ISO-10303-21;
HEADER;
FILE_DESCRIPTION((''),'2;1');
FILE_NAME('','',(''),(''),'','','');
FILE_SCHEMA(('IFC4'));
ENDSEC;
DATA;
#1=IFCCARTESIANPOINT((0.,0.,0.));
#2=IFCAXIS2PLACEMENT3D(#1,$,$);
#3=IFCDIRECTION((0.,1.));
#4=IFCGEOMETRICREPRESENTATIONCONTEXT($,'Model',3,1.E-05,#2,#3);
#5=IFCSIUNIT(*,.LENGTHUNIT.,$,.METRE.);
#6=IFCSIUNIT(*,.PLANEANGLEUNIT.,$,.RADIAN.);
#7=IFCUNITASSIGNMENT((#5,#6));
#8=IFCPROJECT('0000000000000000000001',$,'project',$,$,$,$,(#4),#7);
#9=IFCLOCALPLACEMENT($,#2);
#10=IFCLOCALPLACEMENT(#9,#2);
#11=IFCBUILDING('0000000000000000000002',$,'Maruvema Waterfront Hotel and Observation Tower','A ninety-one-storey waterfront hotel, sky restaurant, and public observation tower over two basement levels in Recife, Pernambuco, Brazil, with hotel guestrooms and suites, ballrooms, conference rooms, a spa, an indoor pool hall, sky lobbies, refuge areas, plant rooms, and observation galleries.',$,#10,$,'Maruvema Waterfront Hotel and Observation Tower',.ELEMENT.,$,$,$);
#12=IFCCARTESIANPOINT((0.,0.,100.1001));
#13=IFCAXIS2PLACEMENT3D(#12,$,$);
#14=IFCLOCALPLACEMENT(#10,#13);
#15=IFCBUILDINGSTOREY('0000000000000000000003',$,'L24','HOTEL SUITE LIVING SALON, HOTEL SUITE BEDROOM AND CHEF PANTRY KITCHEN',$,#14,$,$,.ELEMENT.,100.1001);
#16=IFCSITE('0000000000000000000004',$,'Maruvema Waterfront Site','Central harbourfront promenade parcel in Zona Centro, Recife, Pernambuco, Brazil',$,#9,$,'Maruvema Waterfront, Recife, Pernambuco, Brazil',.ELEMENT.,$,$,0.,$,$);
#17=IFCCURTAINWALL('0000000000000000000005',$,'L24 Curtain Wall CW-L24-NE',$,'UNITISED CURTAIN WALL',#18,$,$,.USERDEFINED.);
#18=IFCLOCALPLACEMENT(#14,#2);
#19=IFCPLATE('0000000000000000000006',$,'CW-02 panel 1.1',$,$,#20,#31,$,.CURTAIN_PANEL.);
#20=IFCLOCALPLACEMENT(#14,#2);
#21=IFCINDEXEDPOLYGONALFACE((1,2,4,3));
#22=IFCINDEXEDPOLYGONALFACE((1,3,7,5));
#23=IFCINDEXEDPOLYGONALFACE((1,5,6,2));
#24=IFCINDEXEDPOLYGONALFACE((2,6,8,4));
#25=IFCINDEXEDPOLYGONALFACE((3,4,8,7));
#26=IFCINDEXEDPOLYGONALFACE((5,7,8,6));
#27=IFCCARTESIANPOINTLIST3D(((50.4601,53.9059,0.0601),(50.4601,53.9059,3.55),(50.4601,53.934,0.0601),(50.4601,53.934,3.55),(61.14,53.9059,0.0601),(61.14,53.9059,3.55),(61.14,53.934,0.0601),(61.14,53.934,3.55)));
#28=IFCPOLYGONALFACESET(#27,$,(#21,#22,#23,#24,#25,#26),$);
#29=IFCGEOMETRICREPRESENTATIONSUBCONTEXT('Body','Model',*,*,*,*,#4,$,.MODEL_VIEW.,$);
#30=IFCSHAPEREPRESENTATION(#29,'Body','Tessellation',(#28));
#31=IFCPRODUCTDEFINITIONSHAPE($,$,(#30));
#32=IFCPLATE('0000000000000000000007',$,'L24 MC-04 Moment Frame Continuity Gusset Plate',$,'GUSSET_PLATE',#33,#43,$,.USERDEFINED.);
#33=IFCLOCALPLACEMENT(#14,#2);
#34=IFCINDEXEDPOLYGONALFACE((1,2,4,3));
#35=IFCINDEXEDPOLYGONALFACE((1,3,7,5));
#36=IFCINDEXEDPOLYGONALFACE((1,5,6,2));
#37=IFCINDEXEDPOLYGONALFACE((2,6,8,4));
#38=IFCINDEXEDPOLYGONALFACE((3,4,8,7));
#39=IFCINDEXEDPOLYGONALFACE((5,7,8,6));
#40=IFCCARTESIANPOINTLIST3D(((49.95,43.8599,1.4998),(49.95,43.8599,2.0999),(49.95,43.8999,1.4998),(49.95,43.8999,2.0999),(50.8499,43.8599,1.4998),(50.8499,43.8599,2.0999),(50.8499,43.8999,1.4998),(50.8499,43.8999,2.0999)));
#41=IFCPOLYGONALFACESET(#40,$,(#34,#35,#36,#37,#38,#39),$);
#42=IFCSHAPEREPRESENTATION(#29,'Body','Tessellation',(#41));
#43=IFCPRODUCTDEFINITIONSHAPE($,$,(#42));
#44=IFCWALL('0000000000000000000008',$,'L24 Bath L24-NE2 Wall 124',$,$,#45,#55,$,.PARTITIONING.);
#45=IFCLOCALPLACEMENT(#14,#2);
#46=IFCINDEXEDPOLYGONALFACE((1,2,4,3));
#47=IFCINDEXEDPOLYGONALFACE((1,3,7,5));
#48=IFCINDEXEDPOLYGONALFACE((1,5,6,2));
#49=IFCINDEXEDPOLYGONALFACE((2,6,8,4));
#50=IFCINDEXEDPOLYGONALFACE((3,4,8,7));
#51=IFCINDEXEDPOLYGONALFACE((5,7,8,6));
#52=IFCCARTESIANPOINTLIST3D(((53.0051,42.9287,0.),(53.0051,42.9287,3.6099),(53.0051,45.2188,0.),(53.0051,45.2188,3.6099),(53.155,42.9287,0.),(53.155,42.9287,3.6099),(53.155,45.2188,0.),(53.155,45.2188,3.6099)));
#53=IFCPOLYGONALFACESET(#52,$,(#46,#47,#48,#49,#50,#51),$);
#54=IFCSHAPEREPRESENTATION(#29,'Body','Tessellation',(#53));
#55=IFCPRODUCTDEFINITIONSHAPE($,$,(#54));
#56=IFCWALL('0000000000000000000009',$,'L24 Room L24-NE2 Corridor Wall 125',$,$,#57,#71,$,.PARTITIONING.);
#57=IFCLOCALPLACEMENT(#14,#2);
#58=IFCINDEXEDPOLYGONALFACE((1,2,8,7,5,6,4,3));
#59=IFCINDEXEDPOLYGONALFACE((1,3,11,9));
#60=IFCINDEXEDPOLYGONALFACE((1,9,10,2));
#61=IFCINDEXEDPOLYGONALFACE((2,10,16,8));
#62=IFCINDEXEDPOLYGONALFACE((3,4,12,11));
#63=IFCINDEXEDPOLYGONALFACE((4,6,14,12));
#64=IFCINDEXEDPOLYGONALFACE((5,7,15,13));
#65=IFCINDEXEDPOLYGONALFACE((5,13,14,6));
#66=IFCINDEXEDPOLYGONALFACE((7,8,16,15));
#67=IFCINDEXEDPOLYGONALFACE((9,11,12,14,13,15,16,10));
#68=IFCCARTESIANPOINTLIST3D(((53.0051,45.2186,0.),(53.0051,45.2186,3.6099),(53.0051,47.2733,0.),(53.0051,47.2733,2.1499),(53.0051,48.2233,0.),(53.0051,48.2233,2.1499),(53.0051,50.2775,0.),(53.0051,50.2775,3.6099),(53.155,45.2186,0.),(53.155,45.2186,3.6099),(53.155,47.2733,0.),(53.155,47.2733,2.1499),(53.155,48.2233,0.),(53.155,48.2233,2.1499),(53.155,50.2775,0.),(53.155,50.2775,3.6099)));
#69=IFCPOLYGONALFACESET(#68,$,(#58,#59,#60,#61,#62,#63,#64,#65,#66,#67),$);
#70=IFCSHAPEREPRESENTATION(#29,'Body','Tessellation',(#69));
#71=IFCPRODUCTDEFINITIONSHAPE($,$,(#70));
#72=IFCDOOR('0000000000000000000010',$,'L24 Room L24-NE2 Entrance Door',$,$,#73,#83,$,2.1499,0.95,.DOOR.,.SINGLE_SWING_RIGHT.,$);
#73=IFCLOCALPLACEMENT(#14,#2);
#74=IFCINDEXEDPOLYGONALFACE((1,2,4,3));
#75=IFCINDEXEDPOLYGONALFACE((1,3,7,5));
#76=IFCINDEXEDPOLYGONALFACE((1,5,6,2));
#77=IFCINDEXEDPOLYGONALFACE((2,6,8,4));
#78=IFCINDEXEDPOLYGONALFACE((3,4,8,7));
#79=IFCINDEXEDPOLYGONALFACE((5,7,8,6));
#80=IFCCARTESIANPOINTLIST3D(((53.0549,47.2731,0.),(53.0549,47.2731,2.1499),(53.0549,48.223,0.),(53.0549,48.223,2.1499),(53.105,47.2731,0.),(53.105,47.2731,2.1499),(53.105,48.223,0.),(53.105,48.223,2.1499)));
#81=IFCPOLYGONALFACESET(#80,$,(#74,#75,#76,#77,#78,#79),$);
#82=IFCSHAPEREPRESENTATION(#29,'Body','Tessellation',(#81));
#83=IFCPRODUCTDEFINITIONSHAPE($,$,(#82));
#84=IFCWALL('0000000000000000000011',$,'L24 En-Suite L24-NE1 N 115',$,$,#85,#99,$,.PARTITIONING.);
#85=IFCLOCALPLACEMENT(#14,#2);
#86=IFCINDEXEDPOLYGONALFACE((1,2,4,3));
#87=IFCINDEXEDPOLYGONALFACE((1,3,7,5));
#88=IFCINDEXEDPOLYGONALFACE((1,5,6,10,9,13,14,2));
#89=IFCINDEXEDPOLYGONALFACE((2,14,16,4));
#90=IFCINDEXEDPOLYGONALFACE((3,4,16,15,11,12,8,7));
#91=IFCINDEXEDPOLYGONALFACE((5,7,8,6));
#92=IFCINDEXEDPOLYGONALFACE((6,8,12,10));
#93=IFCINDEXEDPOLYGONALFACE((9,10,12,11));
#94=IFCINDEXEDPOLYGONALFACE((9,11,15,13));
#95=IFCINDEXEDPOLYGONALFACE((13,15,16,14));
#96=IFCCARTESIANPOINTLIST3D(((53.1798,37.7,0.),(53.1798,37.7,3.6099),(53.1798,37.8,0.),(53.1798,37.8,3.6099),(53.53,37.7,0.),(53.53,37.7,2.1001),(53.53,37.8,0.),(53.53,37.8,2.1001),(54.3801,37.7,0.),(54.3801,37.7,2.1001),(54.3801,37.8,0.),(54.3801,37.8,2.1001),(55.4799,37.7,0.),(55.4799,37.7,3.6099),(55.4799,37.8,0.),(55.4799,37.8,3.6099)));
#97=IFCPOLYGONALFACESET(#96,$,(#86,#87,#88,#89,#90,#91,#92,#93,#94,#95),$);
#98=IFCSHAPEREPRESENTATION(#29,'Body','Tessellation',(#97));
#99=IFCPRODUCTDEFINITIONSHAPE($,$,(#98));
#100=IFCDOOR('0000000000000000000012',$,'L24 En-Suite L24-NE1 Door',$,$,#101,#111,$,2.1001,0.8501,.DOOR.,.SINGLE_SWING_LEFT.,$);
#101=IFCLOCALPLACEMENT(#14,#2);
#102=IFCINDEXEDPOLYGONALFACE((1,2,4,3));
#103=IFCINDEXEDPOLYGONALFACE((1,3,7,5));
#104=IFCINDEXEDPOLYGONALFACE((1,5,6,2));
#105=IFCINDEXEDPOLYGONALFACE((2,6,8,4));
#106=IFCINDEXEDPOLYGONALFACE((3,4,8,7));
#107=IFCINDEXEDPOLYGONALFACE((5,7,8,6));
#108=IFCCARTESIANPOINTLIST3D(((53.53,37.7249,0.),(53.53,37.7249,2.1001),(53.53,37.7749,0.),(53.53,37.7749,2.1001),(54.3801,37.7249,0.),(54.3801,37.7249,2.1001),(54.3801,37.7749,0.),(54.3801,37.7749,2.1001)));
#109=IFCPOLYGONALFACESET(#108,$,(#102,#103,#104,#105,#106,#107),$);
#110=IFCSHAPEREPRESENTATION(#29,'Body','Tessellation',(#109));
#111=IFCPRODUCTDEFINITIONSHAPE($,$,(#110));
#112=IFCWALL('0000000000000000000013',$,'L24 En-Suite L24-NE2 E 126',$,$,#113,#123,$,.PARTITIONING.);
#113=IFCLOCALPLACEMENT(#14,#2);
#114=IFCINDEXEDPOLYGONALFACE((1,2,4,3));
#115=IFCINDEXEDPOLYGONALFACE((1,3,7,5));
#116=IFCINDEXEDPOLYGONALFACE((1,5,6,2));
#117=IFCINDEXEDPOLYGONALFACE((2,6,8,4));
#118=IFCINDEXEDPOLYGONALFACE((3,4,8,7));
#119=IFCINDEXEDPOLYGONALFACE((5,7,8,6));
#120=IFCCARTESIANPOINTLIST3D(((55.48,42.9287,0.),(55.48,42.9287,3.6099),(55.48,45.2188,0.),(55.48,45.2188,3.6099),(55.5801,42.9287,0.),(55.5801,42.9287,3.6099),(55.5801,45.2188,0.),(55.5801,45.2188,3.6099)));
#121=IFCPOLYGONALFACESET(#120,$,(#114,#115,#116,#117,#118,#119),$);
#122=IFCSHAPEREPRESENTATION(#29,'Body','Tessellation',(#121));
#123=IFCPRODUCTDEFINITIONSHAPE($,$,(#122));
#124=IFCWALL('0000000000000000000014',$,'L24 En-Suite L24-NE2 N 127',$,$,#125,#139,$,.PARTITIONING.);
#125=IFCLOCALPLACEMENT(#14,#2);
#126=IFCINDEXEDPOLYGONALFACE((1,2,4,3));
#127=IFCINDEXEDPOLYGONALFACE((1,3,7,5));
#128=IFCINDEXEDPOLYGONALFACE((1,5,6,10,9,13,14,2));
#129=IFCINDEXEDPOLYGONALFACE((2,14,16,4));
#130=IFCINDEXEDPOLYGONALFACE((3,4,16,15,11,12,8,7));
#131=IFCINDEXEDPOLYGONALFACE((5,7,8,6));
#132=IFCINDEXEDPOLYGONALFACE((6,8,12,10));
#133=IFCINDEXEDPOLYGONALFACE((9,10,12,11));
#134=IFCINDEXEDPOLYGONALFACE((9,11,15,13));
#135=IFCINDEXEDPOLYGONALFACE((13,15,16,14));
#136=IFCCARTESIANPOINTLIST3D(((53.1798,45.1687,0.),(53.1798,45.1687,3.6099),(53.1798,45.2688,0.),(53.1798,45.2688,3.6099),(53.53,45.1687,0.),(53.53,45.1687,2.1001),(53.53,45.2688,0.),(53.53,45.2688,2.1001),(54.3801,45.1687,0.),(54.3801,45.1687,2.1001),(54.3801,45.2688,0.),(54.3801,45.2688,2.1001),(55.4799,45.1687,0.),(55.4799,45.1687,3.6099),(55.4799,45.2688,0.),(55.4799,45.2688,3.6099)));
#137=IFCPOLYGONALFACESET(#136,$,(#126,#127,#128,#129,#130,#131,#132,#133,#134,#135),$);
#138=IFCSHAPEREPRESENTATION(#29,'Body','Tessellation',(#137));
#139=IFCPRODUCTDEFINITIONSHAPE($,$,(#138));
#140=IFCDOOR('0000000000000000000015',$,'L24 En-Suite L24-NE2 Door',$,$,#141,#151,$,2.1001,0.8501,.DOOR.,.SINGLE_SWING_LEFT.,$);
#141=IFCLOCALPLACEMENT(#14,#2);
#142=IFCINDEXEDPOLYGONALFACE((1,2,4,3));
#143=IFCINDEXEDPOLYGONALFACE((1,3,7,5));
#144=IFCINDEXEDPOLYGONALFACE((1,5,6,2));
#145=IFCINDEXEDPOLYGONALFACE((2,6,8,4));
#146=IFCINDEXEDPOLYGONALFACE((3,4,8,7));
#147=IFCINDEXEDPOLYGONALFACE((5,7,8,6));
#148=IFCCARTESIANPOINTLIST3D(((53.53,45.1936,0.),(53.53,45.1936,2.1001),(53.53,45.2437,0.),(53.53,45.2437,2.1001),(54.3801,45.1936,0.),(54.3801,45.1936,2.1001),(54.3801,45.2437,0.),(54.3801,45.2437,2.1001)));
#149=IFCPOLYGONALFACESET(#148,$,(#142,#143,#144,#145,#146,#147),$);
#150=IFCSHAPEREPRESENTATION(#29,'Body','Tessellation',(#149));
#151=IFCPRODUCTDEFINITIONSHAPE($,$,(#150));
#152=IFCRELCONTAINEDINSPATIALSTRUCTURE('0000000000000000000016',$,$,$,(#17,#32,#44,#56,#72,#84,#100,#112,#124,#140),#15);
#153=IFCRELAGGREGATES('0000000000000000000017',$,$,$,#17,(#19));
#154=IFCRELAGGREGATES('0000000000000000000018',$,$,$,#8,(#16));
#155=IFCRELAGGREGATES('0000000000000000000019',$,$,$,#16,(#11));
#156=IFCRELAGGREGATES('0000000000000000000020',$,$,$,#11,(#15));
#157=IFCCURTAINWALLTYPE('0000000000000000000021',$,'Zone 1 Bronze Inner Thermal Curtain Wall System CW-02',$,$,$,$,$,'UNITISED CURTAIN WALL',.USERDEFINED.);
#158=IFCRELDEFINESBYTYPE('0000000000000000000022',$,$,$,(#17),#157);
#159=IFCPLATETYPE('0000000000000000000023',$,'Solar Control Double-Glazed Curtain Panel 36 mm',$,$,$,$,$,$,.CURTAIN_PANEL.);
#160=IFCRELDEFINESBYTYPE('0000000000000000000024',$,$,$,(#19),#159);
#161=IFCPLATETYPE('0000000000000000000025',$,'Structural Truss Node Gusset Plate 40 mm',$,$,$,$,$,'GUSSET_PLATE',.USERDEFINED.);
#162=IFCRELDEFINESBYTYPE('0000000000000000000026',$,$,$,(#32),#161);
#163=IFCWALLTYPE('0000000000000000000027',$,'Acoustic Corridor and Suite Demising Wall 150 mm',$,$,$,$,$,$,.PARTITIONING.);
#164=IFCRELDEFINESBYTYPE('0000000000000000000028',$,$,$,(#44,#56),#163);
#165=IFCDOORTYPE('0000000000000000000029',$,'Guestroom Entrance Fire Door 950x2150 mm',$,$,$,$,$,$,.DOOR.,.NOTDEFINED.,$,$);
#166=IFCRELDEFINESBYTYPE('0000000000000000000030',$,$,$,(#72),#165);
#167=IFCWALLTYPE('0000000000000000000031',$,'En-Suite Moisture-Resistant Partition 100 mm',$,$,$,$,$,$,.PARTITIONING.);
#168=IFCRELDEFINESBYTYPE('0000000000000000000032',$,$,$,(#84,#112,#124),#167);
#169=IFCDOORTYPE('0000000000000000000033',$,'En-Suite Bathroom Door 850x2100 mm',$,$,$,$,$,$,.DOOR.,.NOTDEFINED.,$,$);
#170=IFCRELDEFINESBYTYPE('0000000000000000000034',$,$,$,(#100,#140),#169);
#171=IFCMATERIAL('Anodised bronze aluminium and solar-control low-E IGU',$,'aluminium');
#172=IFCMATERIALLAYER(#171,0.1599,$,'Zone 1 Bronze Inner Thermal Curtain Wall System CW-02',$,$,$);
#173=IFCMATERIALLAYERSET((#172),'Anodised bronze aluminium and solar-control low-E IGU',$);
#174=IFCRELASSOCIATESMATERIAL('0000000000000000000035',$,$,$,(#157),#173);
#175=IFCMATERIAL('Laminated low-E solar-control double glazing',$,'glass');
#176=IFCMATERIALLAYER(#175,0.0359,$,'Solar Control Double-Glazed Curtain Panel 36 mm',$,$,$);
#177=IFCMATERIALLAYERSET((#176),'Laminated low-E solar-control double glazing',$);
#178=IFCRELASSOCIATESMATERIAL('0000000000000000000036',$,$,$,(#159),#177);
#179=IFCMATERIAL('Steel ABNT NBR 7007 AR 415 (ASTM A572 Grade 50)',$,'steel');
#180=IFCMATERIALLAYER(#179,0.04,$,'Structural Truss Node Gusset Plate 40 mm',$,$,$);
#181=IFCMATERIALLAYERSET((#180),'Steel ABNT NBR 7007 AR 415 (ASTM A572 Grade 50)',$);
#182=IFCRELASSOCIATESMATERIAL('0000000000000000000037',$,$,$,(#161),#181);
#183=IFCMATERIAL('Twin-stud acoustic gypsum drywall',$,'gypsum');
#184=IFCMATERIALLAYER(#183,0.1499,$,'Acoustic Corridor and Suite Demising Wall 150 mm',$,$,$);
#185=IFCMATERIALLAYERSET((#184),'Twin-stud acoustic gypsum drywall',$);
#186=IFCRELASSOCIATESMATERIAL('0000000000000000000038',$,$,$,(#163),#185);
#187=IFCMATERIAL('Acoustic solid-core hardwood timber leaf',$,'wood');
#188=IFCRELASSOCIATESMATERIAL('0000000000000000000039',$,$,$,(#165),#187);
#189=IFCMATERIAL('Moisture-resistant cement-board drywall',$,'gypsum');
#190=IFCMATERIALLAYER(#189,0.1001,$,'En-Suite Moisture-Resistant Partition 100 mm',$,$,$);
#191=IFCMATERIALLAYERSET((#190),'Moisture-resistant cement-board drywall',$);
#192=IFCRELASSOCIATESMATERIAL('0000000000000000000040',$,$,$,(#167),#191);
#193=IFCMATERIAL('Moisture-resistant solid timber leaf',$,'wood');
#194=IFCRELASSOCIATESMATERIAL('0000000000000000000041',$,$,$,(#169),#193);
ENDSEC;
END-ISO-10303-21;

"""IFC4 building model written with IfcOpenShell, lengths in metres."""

from ifc_helpers import new_model, si_unit, direction, frame, frame_2d, origin, origin_2d, place, context, subcontext, project, spatial, rectangle, extrude, material, layer, layer_set, type_object, element, fill, aggregate, save


model = new_model("IFC4")

# Units and contexts
model_context = context("Model", 3, precision=1e-05, world=origin(), true_north=direction((0.0, 1.0)))
body_context = subcontext(model_context, "Body", "Model", "MODEL_VIEW")
ifc_project = project(units=[si_unit("LENGTHUNIT", "METRE"), si_unit("PLANEANGLEUNIT", "RADIAN")], contexts=[model_context])

# Site, building, storey
site_placement = place(None, origin())
site = spatial("IfcSite", under=ifc_project, at=site_placement, Name="Maruvema Waterfront Site", Description="Central harbourfront promenade parcel in Zona Centro, Recife, Pernambuco, Brazil", LongName="Maruvema Waterfront, Recife, Pernambuco, Brazil", CompositionType="ELEMENT", RefElevation=0.0)
building_placement = place(site_placement, origin())
building = spatial("IfcBuilding", under=site, at=building_placement, Name="Maruvema Waterfront Hotel and Observation Tower", Description="A ninety-one-storey waterfront hotel, sky restaurant, and public observation tower over two basement levels in Recife, Pernambuco, Brazil, with hotel guestrooms and suites, ballrooms, conference rooms, a spa, an indoor pool hall, sky lobbies, refuge areas, plant rooms, and observation galleries.", LongName="Maruvema Waterfront Hotel and Observation Tower", CompositionType="ELEMENT")
storey_placement = place(building_placement, frame((0.0, 0.0, 100.1001)))
storey = spatial("IfcBuildingStorey", under=building, at=storey_placement, Name="L24", Description="HOTEL SUITE LIVING SALON, HOTEL SUITE BEDROOM AND CHEF PANTRY KITCHEN", CompositionType="ELEMENT", Elevation=100.1001)

# Curtain wall
ifc_material_1 = material(Name="Anodised bronze aluminium and solar-control low-E IGU", Category="aluminium")
ifc_layer_1 = layer(ifc_material_1, 0.1599, Name="Zone 1 Bronze Inner Thermal Curtain Wall System CW-02")
ifc_layer_set_1 = layer_set([ifc_layer_1], Name="Anodised bronze aluminium and solar-control low-E IGU")
curtain_wall_type = type_object("IfcCurtainWallType", Name="Zone 1 Bronze Inner Thermal Curtain Wall System CW-02", ElementType="UNITISED CURTAIN WALL", PredefinedType="USERDEFINED", material=ifc_layer_set_1)
curtain_wall_1_placement = place(storey_placement, origin())
curtain_wall_1 = element("IfcCurtainWall", 1, at=curtain_wall_1_placement, inside=storey, type_object=curtain_wall_type, Name="L24 Curtain Wall CW-L24-NE", ObjectType="UNITISED CURTAIN WALL", PredefinedType="USERDEFINED")

# Plates
ifc_material_2 = material(Name="Laminated low-E solar-control double glazing", Category="glass")
ifc_layer_2 = layer(ifc_material_2, 0.0359, Name="Solar Control Double-Glazed Curtain Panel 36 mm")
ifc_layer_set_2 = layer_set([ifc_layer_2], Name="Laminated low-E solar-control double glazing")
plate_type_1 = type_object("IfcPlateType", Name="Solar Control Double-Glazed Curtain Panel 36 mm", PredefinedType="CURTAIN_PANEL", material=ifc_layer_set_2)
plate_1_placement = place(storey_placement, frame((55.8, 53.9199, 0.0601), z_axis=(0.0, 0.0, 1.0), x_axis=(-1.0, 0.0, 0.0)))
plate_1 = element("IfcPlate", 2, at=plate_1_placement, type_object=plate_type_1, Name="CW-02 panel 1.1", PredefinedType="CURTAIN_PANEL", context=body_context, shape_type="SweptSolid", body=[
    extrude(rectangle(XDim=10.6799, YDim=0.0281, at=origin_2d()), origin(), (0.0, 0.0, 1.0), 3.49),
])
aggregate(curtain_wall_1, [plate_1])
ifc_material_3 = material(Name="Steel ABNT NBR 7007 AR 415 (ASTM A572 Grade 50)", Category="steel")
ifc_layer_3 = layer(ifc_material_3, 0.04, Name="Structural Truss Node Gusset Plate 40 mm")
ifc_layer_set_3 = layer_set([ifc_layer_3], Name="Steel ABNT NBR 7007 AR 415 (ASTM A572 Grade 50)")
plate_type_2 = type_object("IfcPlateType", Name="Structural Truss Node Gusset Plate 40 mm", ElementType="GUSSET_PLATE", PredefinedType="USERDEFINED", material=ifc_layer_set_3)
plate_2_placement = place(storey_placement, frame((50.3999, 43.8799, 1.4998), z_axis=(0.0, 0.0, 1.0), x_axis=(1.0, 0.0, 0.0)))
element("IfcPlate", 3, at=plate_2_placement, inside=storey, type_object=plate_type_2, Name="L24 MC-04 Moment Frame Continuity Gusset Plate", ObjectType="GUSSET_PLATE", PredefinedType="USERDEFINED", context=body_context, shape_type="SweptSolid", body=[
    extrude(rectangle(XDim=0.8999, YDim=0.04, at=origin_2d()), origin(), (0.0, 0.0, 1.0), 0.6001),
])

# Wall
ifc_material_4 = material(Name="Twin-stud acoustic gypsum drywall", Category="gypsum")
ifc_layer_4 = layer(ifc_material_4, 0.1499, Name="Acoustic Corridor and Suite Demising Wall 150 mm")
ifc_layer_set_4 = layer_set([ifc_layer_4], Name="Twin-stud acoustic gypsum drywall")
wall_type_1 = type_object("IfcWallType", Name="Acoustic Corridor and Suite Demising Wall 150 mm", PredefinedType="PARTITIONING", material=ifc_layer_set_4)
wall_1_placement = place(storey_placement, frame((53.0801, 42.9287, 0.0), z_axis=(0.0, 0.0, 1.0), x_axis=(0.0, 1.0, 0.0)))
element("IfcWall", 4, at=wall_1_placement, inside=storey, type_object=wall_type_1, Name="L24 Bath L24-NE2 Wall 124", PredefinedType="PARTITIONING", context=body_context, shape_type="SweptSolid", body=[
    extrude(rectangle(XDim=2.29, YDim=0.1499, at=frame_2d((1.145, 0.0))), origin(), (0.0, 0.0, 1.0), 3.6099),
])

# Walls, openings, doors
wall_2_placement = place(storey_placement, frame((53.0801, 45.2188, 0.0), z_axis=(0.0, 0.0, 1.0), x_axis=(0.0, 1.0, 0.0)))
wall_2 = element("IfcWall", 5, at=wall_2_placement, inside=storey, type_object=wall_type_1, Name="L24 Room L24-NE2 Corridor Wall 125", PredefinedType="PARTITIONING", context=body_context, shape_type="SweptSolid", body=[
    extrude(rectangle(XDim=5.0588, YDim=0.1499, at=frame_2d((2.5293, 0.0))), origin(), (0.0, 0.0, 1.0), 3.6099),
])
opening_1_placement = place(wall_2_placement, frame((2.0544, 0.0, 0.0)))
opening_1 = element("IfcOpeningElement", 6, at=opening_1_placement, cuts=wall_2, PredefinedType="OPENING", context=body_context, shape_type="SweptSolid", body=[
    extrude(rectangle(XDim=0.95, YDim=2.1499, at=frame_2d((0.4751, 1.075))), frame((0.0, 0.085, 0.0), z_axis=(0.0, -1.0, 0.0), x_axis=(1.0, 0.0, 0.0)), (0.0, 0.0, 1.0), 0.1699),
])
ifc_material_5 = material(Name="Acoustic solid-core hardwood timber leaf", Category="wood")
door_type_1 = type_object("IfcDoorType", Name="Guestroom Entrance Fire Door 950x2150 mm", OperationType="NOTDEFINED", PredefinedType="DOOR", material=ifc_material_5)
door_1_placement = place(opening_1_placement, frame((0.95, 0.0, 0.0), z_axis=(0.0, 0.0, 1.0), x_axis=(-1.0, 0.0, 0.0)))
door_1 = element("IfcDoor", 7, at=door_1_placement, inside=storey, type_object=door_type_1, Name="L24 Room L24-NE2 Entrance Door", OperationType="SINGLE_SWING_RIGHT", OverallHeight=2.1499, OverallWidth=0.95, PredefinedType="DOOR", context=body_context, shape_type="SweptSolid", body=[
    extrude(rectangle(XDim=0.95, YDim=2.1499, at=frame_2d((0.4751, 1.075))), frame((0.0, 0.0249, 0.0), z_axis=(0.0, -1.0, 0.0), x_axis=(1.0, 0.0, 0.0)), (0.0, 0.0, 1.0), 0.05),
])
fill(opening_1, door_1)
ifc_material_6 = material(Name="Moisture-resistant cement-board drywall", Category="gypsum")
ifc_layer_5 = layer(ifc_material_6, 0.1001, Name="En-Suite Moisture-Resistant Partition 100 mm")
ifc_layer_set_5 = layer_set([ifc_layer_5], Name="Moisture-resistant cement-board drywall")
wall_type_2 = type_object("IfcWallType", Name="En-Suite Moisture-Resistant Partition 100 mm", PredefinedType="PARTITIONING", material=ifc_layer_set_5)
wall_3_placement = place(storey_placement, frame((53.1799, 37.75, 0.0), z_axis=(0.0, 0.0, 1.0), x_axis=(1.0, 0.0, 0.0)))
wall_3 = element("IfcWall", 8, at=wall_3_placement, inside=storey, type_object=wall_type_2, Name="L24 En-Suite L24-NE1 N 115", PredefinedType="PARTITIONING", context=body_context, shape_type="SweptSolid", body=[
    extrude(rectangle(XDim=2.3, YDim=0.1001, at=frame_2d((1.1499, 0.0))), origin(), (0.0, 0.0, 1.0), 3.6099),
])
opening_2_placement = place(wall_3_placement, frame((0.3501, 0.0, 0.0)))
opening_2 = element("IfcOpeningElement", 9, at=opening_2_placement, cuts=wall_3, PredefinedType="OPENING", context=body_context, shape_type="SweptSolid", body=[
    extrude(rectangle(XDim=0.8501, YDim=2.1001, at=frame_2d((0.425, 1.05))), frame((0.0, 0.0601, 0.0), z_axis=(0.0, -1.0, 0.0), x_axis=(1.0, 0.0, 0.0)), (0.0, 0.0, 1.0), 0.1201),
])
ifc_material_7 = material(Name="Moisture-resistant solid timber leaf", Category="wood")
door_type_2 = type_object("IfcDoorType", Name="En-Suite Bathroom Door 850x2100 mm", OperationType="NOTDEFINED", PredefinedType="DOOR", material=ifc_material_7)
door_2_placement = place(opening_2_placement, origin())
door_2 = element("IfcDoor", 10, at=door_2_placement, inside=storey, type_object=door_type_2, Name="L24 En-Suite L24-NE1 Door", OperationType="SINGLE_SWING_LEFT", OverallHeight=2.1001, OverallWidth=0.8501, PredefinedType="DOOR", context=body_context, shape_type="SweptSolid", body=[
    extrude(rectangle(XDim=0.8501, YDim=2.1001, at=frame_2d((0.425, 1.05))), frame((0.0, 0.0249, 0.0), z_axis=(0.0, -1.0, 0.0), x_axis=(1.0, 0.0, 0.0)), (0.0, 0.0, 1.0), 0.05),
])
fill(opening_2, door_2)

# Wall
wall_4_placement = place(storey_placement, frame((55.53, 42.9287, 0.0), z_axis=(0.0, 0.0, 1.0), x_axis=(0.0, 1.0, 0.0)))
element("IfcWall", 11, at=wall_4_placement, inside=storey, type_object=wall_type_2, Name="L24 En-Suite L24-NE2 E 126", PredefinedType="PARTITIONING", context=body_context, shape_type="SweptSolid", body=[
    extrude(rectangle(XDim=2.29, YDim=0.1001, at=frame_2d((1.145, 0.0))), origin(), (0.0, 0.0, 1.0), 3.6099),
])

# Wall, opening, door
wall_5_placement = place(storey_placement, frame((53.1799, 45.2188, 0.0), z_axis=(0.0, 0.0, 1.0), x_axis=(1.0, 0.0, 0.0)))
wall_5 = element("IfcWall", 12, at=wall_5_placement, inside=storey, type_object=wall_type_2, Name="L24 En-Suite L24-NE2 N 127", PredefinedType="PARTITIONING", context=body_context, shape_type="SweptSolid", body=[
    extrude(rectangle(XDim=2.3, YDim=0.1001, at=frame_2d((1.1499, 0.0))), origin(), (0.0, 0.0, 1.0), 3.6099),
])
opening_3_placement = place(wall_5_placement, frame((0.3501, 0.0, 0.0)))
opening_3 = element("IfcOpeningElement", 13, at=opening_3_placement, cuts=wall_5, PredefinedType="OPENING", context=body_context, shape_type="SweptSolid", body=[
    extrude(rectangle(XDim=0.8501, YDim=2.1001, at=frame_2d((0.425, 1.05))), frame((0.0, 0.0601, 0.0), z_axis=(0.0, -1.0, 0.0), x_axis=(1.0, 0.0, 0.0)), (0.0, 0.0, 1.0), 0.1201),
])
door_3_placement = place(opening_3_placement, origin())
door_3 = element("IfcDoor", 14, at=door_3_placement, inside=storey, type_object=door_type_2, Name="L24 En-Suite L24-NE2 Door", OperationType="SINGLE_SWING_LEFT", OverallHeight=2.1001, OverallWidth=0.8501, PredefinedType="DOOR", context=body_context, shape_type="SweptSolid", body=[
    extrude(rectangle(XDim=0.8501, YDim=2.1001, at=frame_2d((0.425, 1.05))), frame((0.0, 0.0249, 0.0), z_axis=(0.0, -1.0, 0.0), x_axis=(1.0, 0.0, 0.0)), (0.0, 0.0, 1.0), 0.05),
])
fill(opening_3, door_3)

save(model, "model.ifc")
